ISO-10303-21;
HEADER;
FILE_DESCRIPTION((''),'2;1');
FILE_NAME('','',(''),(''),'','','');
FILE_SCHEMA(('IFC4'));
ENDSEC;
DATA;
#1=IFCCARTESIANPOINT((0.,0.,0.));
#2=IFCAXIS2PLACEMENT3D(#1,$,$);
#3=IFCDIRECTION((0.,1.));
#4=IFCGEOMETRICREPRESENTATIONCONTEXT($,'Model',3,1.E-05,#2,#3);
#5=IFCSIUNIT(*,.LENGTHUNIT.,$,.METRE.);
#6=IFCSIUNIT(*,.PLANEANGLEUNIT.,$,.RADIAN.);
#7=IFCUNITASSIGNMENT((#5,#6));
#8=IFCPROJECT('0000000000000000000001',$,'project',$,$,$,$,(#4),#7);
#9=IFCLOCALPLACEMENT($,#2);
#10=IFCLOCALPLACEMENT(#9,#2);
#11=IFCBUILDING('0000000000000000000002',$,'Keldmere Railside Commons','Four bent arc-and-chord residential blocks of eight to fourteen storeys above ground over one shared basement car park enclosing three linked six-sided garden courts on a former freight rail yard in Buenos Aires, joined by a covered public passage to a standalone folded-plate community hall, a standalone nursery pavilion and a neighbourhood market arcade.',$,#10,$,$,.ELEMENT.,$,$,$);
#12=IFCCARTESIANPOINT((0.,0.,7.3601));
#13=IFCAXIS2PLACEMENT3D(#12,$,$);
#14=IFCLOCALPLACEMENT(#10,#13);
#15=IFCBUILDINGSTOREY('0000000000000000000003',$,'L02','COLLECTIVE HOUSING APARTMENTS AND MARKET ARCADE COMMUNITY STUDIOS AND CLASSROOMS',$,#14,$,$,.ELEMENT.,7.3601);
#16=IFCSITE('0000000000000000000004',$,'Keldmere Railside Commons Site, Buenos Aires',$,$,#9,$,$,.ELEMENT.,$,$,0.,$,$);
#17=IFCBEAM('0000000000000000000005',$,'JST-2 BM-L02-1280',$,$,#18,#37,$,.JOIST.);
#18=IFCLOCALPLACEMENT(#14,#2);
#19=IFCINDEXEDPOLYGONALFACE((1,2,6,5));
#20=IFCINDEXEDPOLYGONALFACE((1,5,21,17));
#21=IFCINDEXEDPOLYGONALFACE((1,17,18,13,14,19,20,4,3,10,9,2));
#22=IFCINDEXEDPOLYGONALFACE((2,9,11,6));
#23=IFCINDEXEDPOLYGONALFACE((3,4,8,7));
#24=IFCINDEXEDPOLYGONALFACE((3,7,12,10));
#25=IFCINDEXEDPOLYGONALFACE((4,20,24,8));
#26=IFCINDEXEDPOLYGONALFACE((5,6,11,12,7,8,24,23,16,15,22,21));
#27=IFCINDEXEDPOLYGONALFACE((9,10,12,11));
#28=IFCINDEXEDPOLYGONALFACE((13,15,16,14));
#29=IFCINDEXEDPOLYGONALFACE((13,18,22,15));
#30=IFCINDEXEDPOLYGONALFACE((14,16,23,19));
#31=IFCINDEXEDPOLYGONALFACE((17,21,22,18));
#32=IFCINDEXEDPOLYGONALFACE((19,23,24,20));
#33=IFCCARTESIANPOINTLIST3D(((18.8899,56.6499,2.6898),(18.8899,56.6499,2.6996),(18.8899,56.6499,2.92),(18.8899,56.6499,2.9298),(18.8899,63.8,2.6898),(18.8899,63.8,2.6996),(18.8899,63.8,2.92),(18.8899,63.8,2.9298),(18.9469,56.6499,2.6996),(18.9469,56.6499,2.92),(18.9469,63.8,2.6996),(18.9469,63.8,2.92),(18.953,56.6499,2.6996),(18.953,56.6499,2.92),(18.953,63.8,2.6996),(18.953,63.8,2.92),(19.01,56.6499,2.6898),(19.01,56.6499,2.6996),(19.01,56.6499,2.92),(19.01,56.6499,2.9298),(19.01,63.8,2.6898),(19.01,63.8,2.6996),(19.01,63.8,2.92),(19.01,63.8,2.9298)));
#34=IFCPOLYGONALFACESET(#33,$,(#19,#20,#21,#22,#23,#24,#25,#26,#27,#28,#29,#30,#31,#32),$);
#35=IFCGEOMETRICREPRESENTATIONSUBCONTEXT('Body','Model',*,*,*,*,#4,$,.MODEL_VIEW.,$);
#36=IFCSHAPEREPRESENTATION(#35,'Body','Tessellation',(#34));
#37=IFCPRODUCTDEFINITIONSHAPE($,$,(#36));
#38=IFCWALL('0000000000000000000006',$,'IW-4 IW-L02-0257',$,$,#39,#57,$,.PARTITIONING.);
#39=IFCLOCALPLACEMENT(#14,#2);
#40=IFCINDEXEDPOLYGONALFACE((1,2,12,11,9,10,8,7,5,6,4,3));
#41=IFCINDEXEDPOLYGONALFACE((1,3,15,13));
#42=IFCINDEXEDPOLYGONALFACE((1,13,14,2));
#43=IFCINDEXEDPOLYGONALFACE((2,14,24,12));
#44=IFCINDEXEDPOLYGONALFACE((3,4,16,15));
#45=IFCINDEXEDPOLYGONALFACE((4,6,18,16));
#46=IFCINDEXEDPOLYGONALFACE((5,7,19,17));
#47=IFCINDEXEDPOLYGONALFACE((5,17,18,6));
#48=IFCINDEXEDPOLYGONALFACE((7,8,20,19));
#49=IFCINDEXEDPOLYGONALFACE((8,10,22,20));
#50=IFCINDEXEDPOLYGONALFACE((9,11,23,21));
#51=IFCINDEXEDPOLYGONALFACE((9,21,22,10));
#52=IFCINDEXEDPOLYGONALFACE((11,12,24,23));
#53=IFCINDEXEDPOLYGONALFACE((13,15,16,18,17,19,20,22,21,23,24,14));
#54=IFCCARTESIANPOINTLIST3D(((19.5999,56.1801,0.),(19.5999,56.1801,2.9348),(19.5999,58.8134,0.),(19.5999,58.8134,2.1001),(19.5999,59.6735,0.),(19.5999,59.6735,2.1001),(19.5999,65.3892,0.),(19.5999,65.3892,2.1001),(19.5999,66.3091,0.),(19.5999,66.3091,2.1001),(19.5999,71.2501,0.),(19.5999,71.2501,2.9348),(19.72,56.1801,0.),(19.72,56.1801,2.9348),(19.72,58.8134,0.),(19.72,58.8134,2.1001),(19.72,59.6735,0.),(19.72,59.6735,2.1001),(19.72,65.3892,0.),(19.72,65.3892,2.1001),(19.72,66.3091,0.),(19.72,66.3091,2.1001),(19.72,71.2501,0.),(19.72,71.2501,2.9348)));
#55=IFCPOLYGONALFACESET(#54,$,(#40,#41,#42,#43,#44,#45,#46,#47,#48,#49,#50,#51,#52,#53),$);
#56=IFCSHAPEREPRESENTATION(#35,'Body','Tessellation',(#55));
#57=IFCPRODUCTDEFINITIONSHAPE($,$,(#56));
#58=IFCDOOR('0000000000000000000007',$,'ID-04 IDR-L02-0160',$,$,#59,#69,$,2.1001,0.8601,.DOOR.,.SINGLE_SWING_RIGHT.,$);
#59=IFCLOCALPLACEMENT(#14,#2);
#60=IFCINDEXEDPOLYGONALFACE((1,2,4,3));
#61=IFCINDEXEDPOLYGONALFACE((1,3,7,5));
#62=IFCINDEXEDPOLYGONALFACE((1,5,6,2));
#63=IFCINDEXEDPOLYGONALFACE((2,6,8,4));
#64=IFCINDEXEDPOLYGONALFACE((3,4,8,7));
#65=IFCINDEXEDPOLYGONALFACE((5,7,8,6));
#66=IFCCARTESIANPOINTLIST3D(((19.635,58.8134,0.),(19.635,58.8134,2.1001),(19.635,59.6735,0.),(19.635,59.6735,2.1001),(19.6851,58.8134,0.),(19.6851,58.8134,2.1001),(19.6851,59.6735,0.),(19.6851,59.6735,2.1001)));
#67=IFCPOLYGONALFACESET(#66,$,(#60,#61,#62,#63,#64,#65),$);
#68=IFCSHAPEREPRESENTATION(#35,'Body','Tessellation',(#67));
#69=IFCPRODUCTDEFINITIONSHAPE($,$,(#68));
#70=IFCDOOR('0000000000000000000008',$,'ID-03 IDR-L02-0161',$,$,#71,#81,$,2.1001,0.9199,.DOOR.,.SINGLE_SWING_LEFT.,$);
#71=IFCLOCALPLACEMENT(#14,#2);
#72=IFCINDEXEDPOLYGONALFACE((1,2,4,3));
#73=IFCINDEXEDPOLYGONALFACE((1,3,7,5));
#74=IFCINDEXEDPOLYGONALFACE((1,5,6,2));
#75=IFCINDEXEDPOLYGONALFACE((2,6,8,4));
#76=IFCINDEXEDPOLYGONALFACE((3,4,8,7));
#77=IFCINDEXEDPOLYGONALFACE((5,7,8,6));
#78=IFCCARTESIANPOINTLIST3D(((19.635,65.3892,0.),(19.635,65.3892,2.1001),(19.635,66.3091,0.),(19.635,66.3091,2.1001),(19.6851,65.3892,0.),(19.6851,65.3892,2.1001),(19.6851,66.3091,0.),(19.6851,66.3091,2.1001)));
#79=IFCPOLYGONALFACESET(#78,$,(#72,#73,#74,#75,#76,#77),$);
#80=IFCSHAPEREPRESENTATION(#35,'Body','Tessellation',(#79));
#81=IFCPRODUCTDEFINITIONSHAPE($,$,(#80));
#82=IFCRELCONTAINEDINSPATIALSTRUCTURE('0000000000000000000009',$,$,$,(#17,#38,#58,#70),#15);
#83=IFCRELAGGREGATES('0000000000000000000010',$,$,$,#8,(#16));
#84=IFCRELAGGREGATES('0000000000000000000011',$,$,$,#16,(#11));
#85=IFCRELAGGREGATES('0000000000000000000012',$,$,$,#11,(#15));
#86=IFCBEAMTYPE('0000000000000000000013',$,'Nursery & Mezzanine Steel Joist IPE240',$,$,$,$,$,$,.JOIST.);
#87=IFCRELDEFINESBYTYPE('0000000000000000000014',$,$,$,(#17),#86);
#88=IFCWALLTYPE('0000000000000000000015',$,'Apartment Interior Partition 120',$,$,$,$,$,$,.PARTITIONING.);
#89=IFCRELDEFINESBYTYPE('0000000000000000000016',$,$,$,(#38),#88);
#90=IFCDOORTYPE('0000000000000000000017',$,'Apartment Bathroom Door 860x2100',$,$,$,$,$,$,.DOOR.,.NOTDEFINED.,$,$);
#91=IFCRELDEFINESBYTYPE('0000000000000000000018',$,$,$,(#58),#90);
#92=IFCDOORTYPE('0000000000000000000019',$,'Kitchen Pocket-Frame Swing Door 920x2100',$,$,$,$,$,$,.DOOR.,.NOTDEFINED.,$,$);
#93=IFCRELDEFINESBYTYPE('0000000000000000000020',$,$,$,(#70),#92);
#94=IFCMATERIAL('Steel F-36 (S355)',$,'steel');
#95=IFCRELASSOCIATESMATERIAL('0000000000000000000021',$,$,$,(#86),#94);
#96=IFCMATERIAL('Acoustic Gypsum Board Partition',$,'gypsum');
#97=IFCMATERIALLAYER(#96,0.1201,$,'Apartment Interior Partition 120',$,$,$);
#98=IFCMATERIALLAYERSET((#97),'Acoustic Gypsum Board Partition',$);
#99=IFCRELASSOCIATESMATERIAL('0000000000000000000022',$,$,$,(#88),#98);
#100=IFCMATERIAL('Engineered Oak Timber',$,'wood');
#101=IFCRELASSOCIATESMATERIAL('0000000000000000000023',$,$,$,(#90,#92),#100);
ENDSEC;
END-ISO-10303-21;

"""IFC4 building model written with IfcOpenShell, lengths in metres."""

from ifc_helpers import new_model, si_unit, direction, frame, frame_2d, origin, origin_2d, place, context, subcontext, project, spatial, rectangle, i_section, extrude, material, layer, layer_set, material_profile, profile_set, type_object, element, fill, save


model = new_model("IFC4")

# Units and contexts
model_context = context("Model", 3, precision=1e-05, world=origin(), true_north=direction((0.0, 1.0)))
body_context = subcontext(model_context, "Body", "Model", "MODEL_VIEW")
ifc_project = project(units=[si_unit("LENGTHUNIT", "METRE"), si_unit("PLANEANGLEUNIT", "RADIAN")], contexts=[model_context])

# Site, building, storey
site_placement = place(None, origin())
site = spatial("IfcSite", under=ifc_project, at=site_placement, Name="Keldmere Railside Commons Site, Buenos Aires", CompositionType="ELEMENT", RefElevation=0.0)
building_placement = place(site_placement, origin())
building = spatial("IfcBuilding", under=site, at=building_placement, Name="Keldmere Railside Commons", Description="Four bent arc-and-chord residential blocks of eight to fourteen storeys above ground over one shared basement car park enclosing three linked six-sided garden courts on a former freight rail yard in Buenos Aires, joined by a covered public passage to a standalone folded-plate community hall, a standalone nursery pavilion and a neighbourhood market arcade.", CompositionType="ELEMENT")
storey_placement = place(building_placement, frame((0.0, 0.0, 7.3601)))
storey = spatial("IfcBuildingStorey", under=building, at=storey_placement, Name="L02", Description="COLLECTIVE HOUSING APARTMENTS AND MARKET ARCADE COMMUNITY STUDIOS AND CLASSROOMS", CompositionType="ELEMENT", Elevation=7.3601)

# Beam
ifc_material_1 = material(Name="Steel F-36 (S355)", Category="steel")
ifc_material_profile = material_profile(ifc_material_1, i_section(OverallWidth=0.1201, OverallDepth=0.24, WebThickness=0.0061, FlangeThickness=0.0098, at=origin_2d()), Name="IPE-240")
ifc_profile_set = profile_set([ifc_material_profile], Name="Steel F-36 (S355)")
beam_type = type_object("IfcBeamType", Name="Nursery & Mezzanine Steel Joist IPE240", PredefinedType="JOIST", material=ifc_profile_set)
beam_placement = place(storey_placement, frame((18.95, 56.6499, 2.8098), z_axis=(0.0, 1.0, 0.0), x_axis=(-1.0, 0.0, 0.0)))
element("IfcBeam", 1, at=beam_placement, inside=storey, type_object=beam_type, Name="JST-2 BM-L02-1280", PredefinedType="JOIST", context=body_context, shape_type="SweptSolid", body=[
    extrude(i_section(OverallWidth=0.1201, OverallDepth=0.24, WebThickness=0.0061, FlangeThickness=0.0098, at=origin_2d()), origin(), (0.0, 0.0, 1.0), 7.1501),
])

# Wall, openings, doors
ifc_material_2 = material(Name="Acoustic Gypsum Board Partition", Category="gypsum")
ifc_layer_1 = layer(ifc_material_2, 0.1201, Name="Apartment Interior Partition 120")
ifc_layer_set_1 = layer_set([ifc_layer_1], Name="Acoustic Gypsum Board Partition")
wall_type_1 = type_object("IfcWallType", Name="Apartment Interior Partition 120", PredefinedType="PARTITIONING", material=ifc_layer_set_1)
wall_1_placement = place(storey_placement, frame((19.6599, 56.1799, 0.0), z_axis=(0.0, 0.0, 1.0), x_axis=(0.0, 1.0, 0.0)))
wall_1 = element("IfcWall", 2, at=wall_1_placement, inside=storey, type_object=wall_type_1, Name="IW-4 IW-L02-0257", PredefinedType="PARTITIONING", context=body_context, shape_type="SweptSolid", body=[
    extrude(rectangle(XDim=15.0701, YDim=0.1201, at=frame_2d((7.5352, 0.0))), origin(), (0.0, 0.0, 1.0), 2.9348),
])
opening_1_placement = place(wall_1_placement, frame((2.6333, 0.0, 0.0)))
opening_1 = element("IfcOpeningElement", 3, at=opening_1_placement, cuts=wall_1, PredefinedType="OPENING", context=body_context, shape_type="SweptSolid", body=[
    extrude(rectangle(XDim=0.8601, YDim=2.1001, at=frame_2d((0.4302, 1.05))), frame((0.0, 0.0701, 0.0), z_axis=(0.0, -1.0, 0.0), x_axis=(1.0, 0.0, 0.0)), (0.0, 0.0, 1.0), 0.1401),
])
opening_2_placement = place(wall_1_placement, frame((9.2092, 0.0, 0.0)))
opening_2 = element("IfcOpeningElement", 4, at=opening_2_placement, cuts=wall_1, PredefinedType="OPENING", context=body_context, shape_type="SweptSolid", body=[
    extrude(rectangle(XDim=0.9199, YDim=2.1001, at=frame_2d((0.46, 1.05))), frame((0.0, 0.0701, 0.0), z_axis=(0.0, -1.0, 0.0), x_axis=(1.0, 0.0, 0.0)), (0.0, 0.0, 1.0), 0.1401),
])
ifc_material_3 = material(Name="Engineered Oak Timber", Category="wood")
door_type_1 = type_object("IfcDoorType", Name="Apartment Bathroom Door 860x2100", OperationType="NOTDEFINED", PredefinedType="DOOR", material=ifc_material_3)
door_1_placement = place(opening_1_placement, origin())
door_1 = element("IfcDoor", 5, at=door_1_placement, inside=storey, type_object=door_type_1, Name="ID-04 IDR-L02-0160", OperationType="SINGLE_SWING_RIGHT", OverallHeight=2.1001, OverallWidth=0.8601, PredefinedType="DOOR", context=body_context, shape_type="SweptSolid", body=[
    extrude(rectangle(XDim=0.8601, YDim=2.1001, at=frame_2d((0.4302, 1.05))), frame((0.0, 0.0249, 0.0), z_axis=(0.0, -1.0, 0.0), x_axis=(1.0, 0.0, 0.0)), (0.0, 0.0, 1.0), 0.05),
])
fill(opening_1, door_1)
door_type_2 = type_object("IfcDoorType", Name="Kitchen Pocket-Frame Swing Door 920x2100", OperationType="NOTDEFINED", PredefinedType="DOOR", material=ifc_material_3)
door_2_placement = place(opening_2_placement, origin())
door_2 = element("IfcDoor", 6, at=door_2_placement, inside=storey, type_object=door_type_2, Name="ID-03 IDR-L02-0161", OperationType="SINGLE_SWING_LEFT", OverallHeight=2.1001, OverallWidth=0.9199, PredefinedType="DOOR", context=body_context, shape_type="SweptSolid", body=[
    extrude(rectangle(XDim=0.9199, YDim=2.1001, at=frame_2d((0.46, 1.05))), frame((0.0, 0.0249, 0.0), z_axis=(0.0, -1.0, 0.0), x_axis=(1.0, 0.0, 0.0)), (0.0, 0.0, 1.0), 0.05),
])
fill(opening_2, door_2)

save(model, "model.ifc")
